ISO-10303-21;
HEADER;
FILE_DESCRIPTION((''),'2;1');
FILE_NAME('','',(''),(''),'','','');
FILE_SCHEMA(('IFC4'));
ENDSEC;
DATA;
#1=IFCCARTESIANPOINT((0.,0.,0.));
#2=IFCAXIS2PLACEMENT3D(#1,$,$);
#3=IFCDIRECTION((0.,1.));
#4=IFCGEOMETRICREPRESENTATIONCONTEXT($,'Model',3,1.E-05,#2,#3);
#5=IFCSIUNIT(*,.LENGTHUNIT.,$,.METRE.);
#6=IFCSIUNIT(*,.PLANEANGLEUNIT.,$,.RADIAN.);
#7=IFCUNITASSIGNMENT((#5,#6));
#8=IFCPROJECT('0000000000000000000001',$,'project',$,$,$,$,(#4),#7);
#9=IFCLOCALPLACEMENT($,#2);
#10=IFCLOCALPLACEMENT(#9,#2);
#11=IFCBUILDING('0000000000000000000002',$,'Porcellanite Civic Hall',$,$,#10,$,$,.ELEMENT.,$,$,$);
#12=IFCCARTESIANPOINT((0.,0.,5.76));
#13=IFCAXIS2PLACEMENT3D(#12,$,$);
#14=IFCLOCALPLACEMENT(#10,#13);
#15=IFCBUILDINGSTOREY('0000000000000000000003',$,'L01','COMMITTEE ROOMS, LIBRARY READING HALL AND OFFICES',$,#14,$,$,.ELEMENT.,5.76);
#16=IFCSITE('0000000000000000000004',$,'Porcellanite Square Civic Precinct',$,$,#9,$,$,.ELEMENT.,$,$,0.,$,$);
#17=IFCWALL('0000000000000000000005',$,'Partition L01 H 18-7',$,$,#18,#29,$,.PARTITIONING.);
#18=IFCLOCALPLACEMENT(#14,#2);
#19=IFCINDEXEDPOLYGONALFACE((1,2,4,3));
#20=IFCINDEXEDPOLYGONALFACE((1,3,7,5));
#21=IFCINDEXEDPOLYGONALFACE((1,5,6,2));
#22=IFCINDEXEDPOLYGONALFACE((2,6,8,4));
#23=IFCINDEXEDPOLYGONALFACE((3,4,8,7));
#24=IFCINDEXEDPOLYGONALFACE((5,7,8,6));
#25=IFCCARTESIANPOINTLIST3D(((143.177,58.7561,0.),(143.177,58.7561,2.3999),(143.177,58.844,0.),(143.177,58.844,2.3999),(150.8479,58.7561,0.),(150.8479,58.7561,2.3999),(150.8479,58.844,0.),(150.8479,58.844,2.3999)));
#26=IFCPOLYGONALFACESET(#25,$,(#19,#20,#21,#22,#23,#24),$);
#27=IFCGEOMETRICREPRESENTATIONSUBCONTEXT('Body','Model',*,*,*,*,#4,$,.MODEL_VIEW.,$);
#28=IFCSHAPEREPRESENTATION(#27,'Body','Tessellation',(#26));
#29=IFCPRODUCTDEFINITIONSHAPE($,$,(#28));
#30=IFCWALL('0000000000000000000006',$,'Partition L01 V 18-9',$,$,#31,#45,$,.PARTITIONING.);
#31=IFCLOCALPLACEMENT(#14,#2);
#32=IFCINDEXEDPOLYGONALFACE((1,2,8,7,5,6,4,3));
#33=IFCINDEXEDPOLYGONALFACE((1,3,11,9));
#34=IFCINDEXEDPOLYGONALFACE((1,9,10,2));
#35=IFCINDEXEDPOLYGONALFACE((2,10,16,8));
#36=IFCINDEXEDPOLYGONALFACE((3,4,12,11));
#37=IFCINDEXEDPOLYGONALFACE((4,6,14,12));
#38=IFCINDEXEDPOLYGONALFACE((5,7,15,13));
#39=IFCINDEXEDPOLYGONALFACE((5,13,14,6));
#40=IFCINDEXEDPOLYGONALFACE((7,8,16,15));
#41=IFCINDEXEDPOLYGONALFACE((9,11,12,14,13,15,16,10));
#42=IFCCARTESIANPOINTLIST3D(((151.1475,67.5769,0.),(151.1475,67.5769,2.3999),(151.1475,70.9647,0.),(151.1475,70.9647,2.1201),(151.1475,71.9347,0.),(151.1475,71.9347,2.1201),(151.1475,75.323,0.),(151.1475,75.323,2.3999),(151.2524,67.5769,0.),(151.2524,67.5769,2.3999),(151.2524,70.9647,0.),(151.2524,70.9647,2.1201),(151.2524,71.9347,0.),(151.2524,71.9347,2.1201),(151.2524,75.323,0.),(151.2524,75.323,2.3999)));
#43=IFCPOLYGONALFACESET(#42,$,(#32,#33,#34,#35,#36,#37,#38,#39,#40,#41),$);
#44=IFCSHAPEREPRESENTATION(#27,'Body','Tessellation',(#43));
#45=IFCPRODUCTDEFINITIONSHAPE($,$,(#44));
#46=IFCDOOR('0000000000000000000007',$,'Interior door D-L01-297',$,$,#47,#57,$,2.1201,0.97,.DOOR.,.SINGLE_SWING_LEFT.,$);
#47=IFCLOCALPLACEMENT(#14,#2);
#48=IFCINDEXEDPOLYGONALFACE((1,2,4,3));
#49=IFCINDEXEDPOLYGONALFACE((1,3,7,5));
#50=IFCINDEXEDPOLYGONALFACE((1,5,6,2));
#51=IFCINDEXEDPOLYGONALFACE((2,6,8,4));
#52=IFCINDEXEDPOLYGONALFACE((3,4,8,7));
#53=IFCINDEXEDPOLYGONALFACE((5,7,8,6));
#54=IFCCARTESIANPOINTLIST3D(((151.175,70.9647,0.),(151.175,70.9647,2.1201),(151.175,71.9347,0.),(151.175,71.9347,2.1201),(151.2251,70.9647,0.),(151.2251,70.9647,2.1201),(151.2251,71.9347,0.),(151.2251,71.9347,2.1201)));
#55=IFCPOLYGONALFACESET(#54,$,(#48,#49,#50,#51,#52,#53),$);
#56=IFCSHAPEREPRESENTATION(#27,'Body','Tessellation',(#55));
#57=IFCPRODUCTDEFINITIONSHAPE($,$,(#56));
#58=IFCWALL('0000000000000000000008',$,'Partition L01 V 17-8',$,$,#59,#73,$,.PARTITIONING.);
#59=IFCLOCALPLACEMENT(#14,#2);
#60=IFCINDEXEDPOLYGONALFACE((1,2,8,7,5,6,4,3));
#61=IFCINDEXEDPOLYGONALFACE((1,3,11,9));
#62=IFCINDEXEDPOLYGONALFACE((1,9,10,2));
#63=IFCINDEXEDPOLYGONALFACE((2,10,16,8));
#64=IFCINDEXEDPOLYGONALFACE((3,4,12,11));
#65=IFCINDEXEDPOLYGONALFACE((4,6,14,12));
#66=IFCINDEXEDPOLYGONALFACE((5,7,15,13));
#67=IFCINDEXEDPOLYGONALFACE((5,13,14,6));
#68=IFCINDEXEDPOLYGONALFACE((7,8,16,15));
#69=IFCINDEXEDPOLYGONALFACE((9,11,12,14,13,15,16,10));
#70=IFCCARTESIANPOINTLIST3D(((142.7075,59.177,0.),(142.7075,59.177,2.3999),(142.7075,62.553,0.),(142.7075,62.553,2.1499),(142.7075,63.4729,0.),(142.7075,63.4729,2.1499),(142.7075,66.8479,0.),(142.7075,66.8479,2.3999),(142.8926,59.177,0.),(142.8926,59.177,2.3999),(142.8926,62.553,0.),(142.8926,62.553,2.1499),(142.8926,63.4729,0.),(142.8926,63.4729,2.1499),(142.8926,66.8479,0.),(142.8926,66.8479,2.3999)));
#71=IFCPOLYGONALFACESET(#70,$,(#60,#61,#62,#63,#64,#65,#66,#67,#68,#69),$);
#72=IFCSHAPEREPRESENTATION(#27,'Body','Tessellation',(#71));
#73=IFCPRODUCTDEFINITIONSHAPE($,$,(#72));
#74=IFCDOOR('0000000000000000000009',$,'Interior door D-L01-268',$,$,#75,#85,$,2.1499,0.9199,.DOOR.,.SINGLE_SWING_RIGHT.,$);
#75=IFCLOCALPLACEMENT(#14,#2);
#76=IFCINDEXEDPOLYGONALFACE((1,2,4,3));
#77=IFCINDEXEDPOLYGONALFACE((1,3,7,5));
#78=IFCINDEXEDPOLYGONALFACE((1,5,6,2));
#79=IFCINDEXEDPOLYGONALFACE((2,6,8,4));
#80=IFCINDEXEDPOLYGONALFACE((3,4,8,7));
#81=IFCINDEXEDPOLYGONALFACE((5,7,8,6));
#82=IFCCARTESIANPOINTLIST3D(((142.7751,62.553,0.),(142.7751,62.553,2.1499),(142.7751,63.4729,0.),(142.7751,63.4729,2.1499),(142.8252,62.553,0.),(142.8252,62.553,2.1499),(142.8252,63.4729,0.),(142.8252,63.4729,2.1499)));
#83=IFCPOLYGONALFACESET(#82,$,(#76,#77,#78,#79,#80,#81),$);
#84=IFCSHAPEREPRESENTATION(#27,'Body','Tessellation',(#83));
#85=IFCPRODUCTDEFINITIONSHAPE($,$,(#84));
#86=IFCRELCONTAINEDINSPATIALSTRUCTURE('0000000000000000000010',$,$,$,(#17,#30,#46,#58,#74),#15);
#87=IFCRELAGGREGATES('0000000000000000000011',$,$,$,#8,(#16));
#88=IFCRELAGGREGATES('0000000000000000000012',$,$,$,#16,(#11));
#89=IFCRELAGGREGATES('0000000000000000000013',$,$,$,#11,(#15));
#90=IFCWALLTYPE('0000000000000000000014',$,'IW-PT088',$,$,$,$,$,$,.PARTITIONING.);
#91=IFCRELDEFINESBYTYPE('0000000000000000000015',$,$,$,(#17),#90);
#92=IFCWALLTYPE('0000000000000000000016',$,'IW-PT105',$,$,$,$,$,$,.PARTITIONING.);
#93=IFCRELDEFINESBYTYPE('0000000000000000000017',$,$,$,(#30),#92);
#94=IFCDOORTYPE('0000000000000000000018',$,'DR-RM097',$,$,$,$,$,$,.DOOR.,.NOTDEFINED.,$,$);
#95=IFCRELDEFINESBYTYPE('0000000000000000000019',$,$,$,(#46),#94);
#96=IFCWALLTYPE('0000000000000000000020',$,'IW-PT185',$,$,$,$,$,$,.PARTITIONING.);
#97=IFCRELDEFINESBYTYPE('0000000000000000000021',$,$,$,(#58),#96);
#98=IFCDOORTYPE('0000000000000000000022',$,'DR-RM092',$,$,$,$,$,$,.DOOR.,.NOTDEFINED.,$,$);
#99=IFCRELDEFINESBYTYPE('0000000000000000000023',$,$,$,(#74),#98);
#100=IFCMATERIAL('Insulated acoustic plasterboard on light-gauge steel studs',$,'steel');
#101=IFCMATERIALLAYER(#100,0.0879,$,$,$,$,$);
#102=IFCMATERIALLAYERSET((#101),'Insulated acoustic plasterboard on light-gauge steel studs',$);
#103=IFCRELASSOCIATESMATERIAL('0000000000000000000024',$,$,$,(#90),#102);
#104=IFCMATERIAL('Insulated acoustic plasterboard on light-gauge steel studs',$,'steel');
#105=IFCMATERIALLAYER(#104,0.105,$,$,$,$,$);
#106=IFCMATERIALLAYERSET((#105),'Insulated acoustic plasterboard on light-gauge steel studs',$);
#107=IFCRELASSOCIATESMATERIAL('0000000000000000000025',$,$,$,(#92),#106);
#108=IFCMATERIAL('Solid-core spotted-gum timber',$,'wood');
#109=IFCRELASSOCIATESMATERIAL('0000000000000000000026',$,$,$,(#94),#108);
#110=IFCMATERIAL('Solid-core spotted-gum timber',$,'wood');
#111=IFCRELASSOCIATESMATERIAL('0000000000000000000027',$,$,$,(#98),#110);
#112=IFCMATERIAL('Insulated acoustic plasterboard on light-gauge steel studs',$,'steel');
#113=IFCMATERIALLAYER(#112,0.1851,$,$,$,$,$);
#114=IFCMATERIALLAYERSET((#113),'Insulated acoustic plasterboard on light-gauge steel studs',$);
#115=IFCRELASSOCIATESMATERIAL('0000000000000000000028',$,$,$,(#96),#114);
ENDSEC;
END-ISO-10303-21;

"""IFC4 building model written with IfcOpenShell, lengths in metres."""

from ifc_helpers import new_model, si_unit, direction, frame, frame_2d, origin, place, context, subcontext, project, spatial, rectangle, extrude, material, layer, layer_set, type_object, element, fill, save


model = new_model("IFC4")

# Units and contexts
model_context = context("Model", 3, precision=1e-05, world=origin(), true_north=direction((0.0, 1.0)))
body_context = subcontext(model_context, "Body", "Model", "MODEL_VIEW")
ifc_project = project(units=[si_unit("LENGTHUNIT", "METRE"), si_unit("PLANEANGLEUNIT", "RADIAN")], contexts=[model_context])

# Site, building, storey
site_placement = place(None, origin())
site = spatial("IfcSite", under=ifc_project, at=site_placement, Name="Porcellanite Square Civic Precinct", CompositionType="ELEMENT", RefElevation=0.0)
building_placement = place(site_placement, origin())
building = spatial("IfcBuilding", under=site, at=building_placement, Name="Porcellanite Civic Hall", CompositionType="ELEMENT")
storey_placement = place(building_placement, frame((0.0, 0.0, 5.76)))
storey = spatial("IfcBuildingStorey", under=building, at=storey_placement, Name="L01", Description="COMMITTEE ROOMS, LIBRARY READING HALL AND OFFICES", CompositionType="ELEMENT", Elevation=5.76)

# Wall
ifc_material_1 = material(Name="Insulated acoustic plasterboard on light-gauge steel studs", Category="steel")
ifc_layer_1 = layer(ifc_material_1, 0.0879)
ifc_layer_set_1 = layer_set([ifc_layer_1], Name="Insulated acoustic plasterboard on light-gauge steel studs")
wall_type_1 = type_object("IfcWallType", Name="IW-PT088", PredefinedType="PARTITIONING", material=ifc_layer_set_1)
wall_1_placement = place(storey_placement, frame((143.177, 58.8, 0.0), z_axis=(0.0, 0.0, 1.0), x_axis=(1.0, 0.0, 0.0)))
element("IfcWall", 1, at=wall_1_placement, inside=storey, type_object=wall_type_1, Name="Partition L01 H 18-7", PredefinedType="PARTITIONING", context=body_context, shape_type="SweptSolid", body=[
    extrude(rectangle(XDim=7.6709, YDim=0.0879, at=frame_2d((3.8354, 0.0))), origin(), (0.0, 0.0, 1.0), 2.3999),
])

# Walls, openings, doors
ifc_material_2 = material(Name="Insulated acoustic plasterboard on light-gauge steel studs", Category="steel")
ifc_layer_2 = layer(ifc_material_2, 0.105)
ifc_layer_set_2 = layer_set([ifc_layer_2], Name="Insulated acoustic plasterboard on light-gauge steel studs")
wall_type_2 = type_object("IfcWallType", Name="IW-PT105", PredefinedType="PARTITIONING", material=ifc_layer_set_2)
wall_2_placement = place(storey_placement, frame((151.2, 67.5769, 0.0), z_axis=(0.0, 0.0, 1.0), x_axis=(0.0, 1.0, 0.0)))
wall_2 = element("IfcWall", 2, at=wall_2_placement, inside=storey, type_object=wall_type_2, Name="Partition L01 V 18-9", PredefinedType="PARTITIONING", context=body_context, shape_type="SweptSolid", body=[
    extrude(rectangle(XDim=7.7461, YDim=0.105, at=frame_2d((3.873, 0.0))), origin(), (0.0, 0.0, 1.0), 2.3999),
])
opening_1_placement = place(wall_2_placement, frame((3.3879, 0.0, 0.0)))
opening_1 = element("IfcOpeningElement", 3, at=opening_1_placement, cuts=wall_2, PredefinedType="OPENING", context=body_context, shape_type="SweptSolid", body=[
    extrude(rectangle(XDim=0.97, YDim=2.1201, at=frame_2d((0.4849, 1.0601))), frame((0.0, 0.0525, 0.0), z_axis=(0.0, -1.0, 0.0), x_axis=(1.0, 0.0, 0.0)), (0.0, 0.0, 1.0), 0.105),
])
ifc_material_3 = material(Name="Solid-core spotted-gum timber", Category="wood")
door_type_1 = type_object("IfcDoorType", Name="DR-RM097", OperationType="NOTDEFINED", PredefinedType="DOOR", material=ifc_material_3)
door_1_placement = place(opening_1_placement, origin())
door_1 = element("IfcDoor", 4, at=door_1_placement, inside=storey, type_object=door_type_1, Name="Interior door D-L01-297", OperationType="SINGLE_SWING_LEFT", OverallHeight=2.1201, OverallWidth=0.97, PredefinedType="DOOR", context=body_context, shape_type="SweptSolid", body=[
    extrude(rectangle(XDim=0.97, YDim=2.1201, at=frame_2d((0.4849, 1.0601))), frame((0.0, 0.0249, 0.0), z_axis=(0.0, -1.0, 0.0), x_axis=(1.0, 0.0, 0.0)), (0.0, 0.0, 1.0), 0.05),
])
fill(opening_1, door_1)
ifc_material_4 = material(Name="Solid-core spotted-gum timber", Category="wood")
door_type_2 = type_object("IfcDoorType", Name="DR-RM092", OperationType="NOTDEFINED", PredefinedType="DOOR", material=ifc_material_4)
ifc_material_5 = material(Name="Insulated acoustic plasterboard on light-gauge steel studs", Category="steel")
ifc_layer_3 = layer(ifc_material_5, 0.1851)
ifc_layer_set_3 = layer_set([ifc_layer_3], Name="Insulated acoustic plasterboard on light-gauge steel studs")
wall_type_3 = type_object("IfcWallType", Name="IW-PT185", PredefinedType="PARTITIONING", material=ifc_layer_set_3)
wall_3_placement = place(storey_placement, frame((142.8, 59.177, 0.0), z_axis=(0.0, 0.0, 1.0), x_axis=(0.0, 1.0, 0.0)))
wall_3 = element("IfcWall", 5, at=wall_3_placement, inside=storey, type_object=wall_type_3, Name="Partition L01 V 17-8", PredefinedType="PARTITIONING", context=body_context, shape_type="SweptSolid", body=[
    extrude(rectangle(XDim=7.6709, YDim=0.1851, at=frame_2d((3.8354, 0.0))), origin(), (0.0, 0.0, 1.0), 2.3999),
])
opening_2_placement = place(wall_3_placement, frame((3.376, 0.0, 0.0)))
opening_2 = element("IfcOpeningElement", 6, at=opening_2_placement, cuts=wall_3, PredefinedType="OPENING", context=body_context, shape_type="SweptSolid", body=[
    extrude(rectangle(XDim=0.9199, YDim=2.1499, at=frame_2d((0.46, 1.075))), frame((0.0, 0.0925, 0.0), z_axis=(0.0, -1.0, 0.0), x_axis=(1.0, 0.0, 0.0)), (0.0, 0.0, 1.0), 0.1851),
])
door_2_placement = place(opening_2_placement, origin())
door_2 = element("IfcDoor", 7, at=door_2_placement, inside=storey, type_object=door_type_2, Name="Interior door D-L01-268", OperationType="SINGLE_SWING_RIGHT", OverallHeight=2.1499, OverallWidth=0.9199, PredefinedType="DOOR", context=body_context, shape_type="SweptSolid", body=[
    extrude(rectangle(XDim=0.9199, YDim=2.1499, at=frame_2d((0.46, 1.075))), frame((0.0, 0.0249, 0.0), z_axis=(0.0, -1.0, 0.0), x_axis=(1.0, 0.0, 0.0)), (0.0, 0.0, 1.0), 0.05),
])
fill(opening_2, door_2)

save(model, "model.ifc")
